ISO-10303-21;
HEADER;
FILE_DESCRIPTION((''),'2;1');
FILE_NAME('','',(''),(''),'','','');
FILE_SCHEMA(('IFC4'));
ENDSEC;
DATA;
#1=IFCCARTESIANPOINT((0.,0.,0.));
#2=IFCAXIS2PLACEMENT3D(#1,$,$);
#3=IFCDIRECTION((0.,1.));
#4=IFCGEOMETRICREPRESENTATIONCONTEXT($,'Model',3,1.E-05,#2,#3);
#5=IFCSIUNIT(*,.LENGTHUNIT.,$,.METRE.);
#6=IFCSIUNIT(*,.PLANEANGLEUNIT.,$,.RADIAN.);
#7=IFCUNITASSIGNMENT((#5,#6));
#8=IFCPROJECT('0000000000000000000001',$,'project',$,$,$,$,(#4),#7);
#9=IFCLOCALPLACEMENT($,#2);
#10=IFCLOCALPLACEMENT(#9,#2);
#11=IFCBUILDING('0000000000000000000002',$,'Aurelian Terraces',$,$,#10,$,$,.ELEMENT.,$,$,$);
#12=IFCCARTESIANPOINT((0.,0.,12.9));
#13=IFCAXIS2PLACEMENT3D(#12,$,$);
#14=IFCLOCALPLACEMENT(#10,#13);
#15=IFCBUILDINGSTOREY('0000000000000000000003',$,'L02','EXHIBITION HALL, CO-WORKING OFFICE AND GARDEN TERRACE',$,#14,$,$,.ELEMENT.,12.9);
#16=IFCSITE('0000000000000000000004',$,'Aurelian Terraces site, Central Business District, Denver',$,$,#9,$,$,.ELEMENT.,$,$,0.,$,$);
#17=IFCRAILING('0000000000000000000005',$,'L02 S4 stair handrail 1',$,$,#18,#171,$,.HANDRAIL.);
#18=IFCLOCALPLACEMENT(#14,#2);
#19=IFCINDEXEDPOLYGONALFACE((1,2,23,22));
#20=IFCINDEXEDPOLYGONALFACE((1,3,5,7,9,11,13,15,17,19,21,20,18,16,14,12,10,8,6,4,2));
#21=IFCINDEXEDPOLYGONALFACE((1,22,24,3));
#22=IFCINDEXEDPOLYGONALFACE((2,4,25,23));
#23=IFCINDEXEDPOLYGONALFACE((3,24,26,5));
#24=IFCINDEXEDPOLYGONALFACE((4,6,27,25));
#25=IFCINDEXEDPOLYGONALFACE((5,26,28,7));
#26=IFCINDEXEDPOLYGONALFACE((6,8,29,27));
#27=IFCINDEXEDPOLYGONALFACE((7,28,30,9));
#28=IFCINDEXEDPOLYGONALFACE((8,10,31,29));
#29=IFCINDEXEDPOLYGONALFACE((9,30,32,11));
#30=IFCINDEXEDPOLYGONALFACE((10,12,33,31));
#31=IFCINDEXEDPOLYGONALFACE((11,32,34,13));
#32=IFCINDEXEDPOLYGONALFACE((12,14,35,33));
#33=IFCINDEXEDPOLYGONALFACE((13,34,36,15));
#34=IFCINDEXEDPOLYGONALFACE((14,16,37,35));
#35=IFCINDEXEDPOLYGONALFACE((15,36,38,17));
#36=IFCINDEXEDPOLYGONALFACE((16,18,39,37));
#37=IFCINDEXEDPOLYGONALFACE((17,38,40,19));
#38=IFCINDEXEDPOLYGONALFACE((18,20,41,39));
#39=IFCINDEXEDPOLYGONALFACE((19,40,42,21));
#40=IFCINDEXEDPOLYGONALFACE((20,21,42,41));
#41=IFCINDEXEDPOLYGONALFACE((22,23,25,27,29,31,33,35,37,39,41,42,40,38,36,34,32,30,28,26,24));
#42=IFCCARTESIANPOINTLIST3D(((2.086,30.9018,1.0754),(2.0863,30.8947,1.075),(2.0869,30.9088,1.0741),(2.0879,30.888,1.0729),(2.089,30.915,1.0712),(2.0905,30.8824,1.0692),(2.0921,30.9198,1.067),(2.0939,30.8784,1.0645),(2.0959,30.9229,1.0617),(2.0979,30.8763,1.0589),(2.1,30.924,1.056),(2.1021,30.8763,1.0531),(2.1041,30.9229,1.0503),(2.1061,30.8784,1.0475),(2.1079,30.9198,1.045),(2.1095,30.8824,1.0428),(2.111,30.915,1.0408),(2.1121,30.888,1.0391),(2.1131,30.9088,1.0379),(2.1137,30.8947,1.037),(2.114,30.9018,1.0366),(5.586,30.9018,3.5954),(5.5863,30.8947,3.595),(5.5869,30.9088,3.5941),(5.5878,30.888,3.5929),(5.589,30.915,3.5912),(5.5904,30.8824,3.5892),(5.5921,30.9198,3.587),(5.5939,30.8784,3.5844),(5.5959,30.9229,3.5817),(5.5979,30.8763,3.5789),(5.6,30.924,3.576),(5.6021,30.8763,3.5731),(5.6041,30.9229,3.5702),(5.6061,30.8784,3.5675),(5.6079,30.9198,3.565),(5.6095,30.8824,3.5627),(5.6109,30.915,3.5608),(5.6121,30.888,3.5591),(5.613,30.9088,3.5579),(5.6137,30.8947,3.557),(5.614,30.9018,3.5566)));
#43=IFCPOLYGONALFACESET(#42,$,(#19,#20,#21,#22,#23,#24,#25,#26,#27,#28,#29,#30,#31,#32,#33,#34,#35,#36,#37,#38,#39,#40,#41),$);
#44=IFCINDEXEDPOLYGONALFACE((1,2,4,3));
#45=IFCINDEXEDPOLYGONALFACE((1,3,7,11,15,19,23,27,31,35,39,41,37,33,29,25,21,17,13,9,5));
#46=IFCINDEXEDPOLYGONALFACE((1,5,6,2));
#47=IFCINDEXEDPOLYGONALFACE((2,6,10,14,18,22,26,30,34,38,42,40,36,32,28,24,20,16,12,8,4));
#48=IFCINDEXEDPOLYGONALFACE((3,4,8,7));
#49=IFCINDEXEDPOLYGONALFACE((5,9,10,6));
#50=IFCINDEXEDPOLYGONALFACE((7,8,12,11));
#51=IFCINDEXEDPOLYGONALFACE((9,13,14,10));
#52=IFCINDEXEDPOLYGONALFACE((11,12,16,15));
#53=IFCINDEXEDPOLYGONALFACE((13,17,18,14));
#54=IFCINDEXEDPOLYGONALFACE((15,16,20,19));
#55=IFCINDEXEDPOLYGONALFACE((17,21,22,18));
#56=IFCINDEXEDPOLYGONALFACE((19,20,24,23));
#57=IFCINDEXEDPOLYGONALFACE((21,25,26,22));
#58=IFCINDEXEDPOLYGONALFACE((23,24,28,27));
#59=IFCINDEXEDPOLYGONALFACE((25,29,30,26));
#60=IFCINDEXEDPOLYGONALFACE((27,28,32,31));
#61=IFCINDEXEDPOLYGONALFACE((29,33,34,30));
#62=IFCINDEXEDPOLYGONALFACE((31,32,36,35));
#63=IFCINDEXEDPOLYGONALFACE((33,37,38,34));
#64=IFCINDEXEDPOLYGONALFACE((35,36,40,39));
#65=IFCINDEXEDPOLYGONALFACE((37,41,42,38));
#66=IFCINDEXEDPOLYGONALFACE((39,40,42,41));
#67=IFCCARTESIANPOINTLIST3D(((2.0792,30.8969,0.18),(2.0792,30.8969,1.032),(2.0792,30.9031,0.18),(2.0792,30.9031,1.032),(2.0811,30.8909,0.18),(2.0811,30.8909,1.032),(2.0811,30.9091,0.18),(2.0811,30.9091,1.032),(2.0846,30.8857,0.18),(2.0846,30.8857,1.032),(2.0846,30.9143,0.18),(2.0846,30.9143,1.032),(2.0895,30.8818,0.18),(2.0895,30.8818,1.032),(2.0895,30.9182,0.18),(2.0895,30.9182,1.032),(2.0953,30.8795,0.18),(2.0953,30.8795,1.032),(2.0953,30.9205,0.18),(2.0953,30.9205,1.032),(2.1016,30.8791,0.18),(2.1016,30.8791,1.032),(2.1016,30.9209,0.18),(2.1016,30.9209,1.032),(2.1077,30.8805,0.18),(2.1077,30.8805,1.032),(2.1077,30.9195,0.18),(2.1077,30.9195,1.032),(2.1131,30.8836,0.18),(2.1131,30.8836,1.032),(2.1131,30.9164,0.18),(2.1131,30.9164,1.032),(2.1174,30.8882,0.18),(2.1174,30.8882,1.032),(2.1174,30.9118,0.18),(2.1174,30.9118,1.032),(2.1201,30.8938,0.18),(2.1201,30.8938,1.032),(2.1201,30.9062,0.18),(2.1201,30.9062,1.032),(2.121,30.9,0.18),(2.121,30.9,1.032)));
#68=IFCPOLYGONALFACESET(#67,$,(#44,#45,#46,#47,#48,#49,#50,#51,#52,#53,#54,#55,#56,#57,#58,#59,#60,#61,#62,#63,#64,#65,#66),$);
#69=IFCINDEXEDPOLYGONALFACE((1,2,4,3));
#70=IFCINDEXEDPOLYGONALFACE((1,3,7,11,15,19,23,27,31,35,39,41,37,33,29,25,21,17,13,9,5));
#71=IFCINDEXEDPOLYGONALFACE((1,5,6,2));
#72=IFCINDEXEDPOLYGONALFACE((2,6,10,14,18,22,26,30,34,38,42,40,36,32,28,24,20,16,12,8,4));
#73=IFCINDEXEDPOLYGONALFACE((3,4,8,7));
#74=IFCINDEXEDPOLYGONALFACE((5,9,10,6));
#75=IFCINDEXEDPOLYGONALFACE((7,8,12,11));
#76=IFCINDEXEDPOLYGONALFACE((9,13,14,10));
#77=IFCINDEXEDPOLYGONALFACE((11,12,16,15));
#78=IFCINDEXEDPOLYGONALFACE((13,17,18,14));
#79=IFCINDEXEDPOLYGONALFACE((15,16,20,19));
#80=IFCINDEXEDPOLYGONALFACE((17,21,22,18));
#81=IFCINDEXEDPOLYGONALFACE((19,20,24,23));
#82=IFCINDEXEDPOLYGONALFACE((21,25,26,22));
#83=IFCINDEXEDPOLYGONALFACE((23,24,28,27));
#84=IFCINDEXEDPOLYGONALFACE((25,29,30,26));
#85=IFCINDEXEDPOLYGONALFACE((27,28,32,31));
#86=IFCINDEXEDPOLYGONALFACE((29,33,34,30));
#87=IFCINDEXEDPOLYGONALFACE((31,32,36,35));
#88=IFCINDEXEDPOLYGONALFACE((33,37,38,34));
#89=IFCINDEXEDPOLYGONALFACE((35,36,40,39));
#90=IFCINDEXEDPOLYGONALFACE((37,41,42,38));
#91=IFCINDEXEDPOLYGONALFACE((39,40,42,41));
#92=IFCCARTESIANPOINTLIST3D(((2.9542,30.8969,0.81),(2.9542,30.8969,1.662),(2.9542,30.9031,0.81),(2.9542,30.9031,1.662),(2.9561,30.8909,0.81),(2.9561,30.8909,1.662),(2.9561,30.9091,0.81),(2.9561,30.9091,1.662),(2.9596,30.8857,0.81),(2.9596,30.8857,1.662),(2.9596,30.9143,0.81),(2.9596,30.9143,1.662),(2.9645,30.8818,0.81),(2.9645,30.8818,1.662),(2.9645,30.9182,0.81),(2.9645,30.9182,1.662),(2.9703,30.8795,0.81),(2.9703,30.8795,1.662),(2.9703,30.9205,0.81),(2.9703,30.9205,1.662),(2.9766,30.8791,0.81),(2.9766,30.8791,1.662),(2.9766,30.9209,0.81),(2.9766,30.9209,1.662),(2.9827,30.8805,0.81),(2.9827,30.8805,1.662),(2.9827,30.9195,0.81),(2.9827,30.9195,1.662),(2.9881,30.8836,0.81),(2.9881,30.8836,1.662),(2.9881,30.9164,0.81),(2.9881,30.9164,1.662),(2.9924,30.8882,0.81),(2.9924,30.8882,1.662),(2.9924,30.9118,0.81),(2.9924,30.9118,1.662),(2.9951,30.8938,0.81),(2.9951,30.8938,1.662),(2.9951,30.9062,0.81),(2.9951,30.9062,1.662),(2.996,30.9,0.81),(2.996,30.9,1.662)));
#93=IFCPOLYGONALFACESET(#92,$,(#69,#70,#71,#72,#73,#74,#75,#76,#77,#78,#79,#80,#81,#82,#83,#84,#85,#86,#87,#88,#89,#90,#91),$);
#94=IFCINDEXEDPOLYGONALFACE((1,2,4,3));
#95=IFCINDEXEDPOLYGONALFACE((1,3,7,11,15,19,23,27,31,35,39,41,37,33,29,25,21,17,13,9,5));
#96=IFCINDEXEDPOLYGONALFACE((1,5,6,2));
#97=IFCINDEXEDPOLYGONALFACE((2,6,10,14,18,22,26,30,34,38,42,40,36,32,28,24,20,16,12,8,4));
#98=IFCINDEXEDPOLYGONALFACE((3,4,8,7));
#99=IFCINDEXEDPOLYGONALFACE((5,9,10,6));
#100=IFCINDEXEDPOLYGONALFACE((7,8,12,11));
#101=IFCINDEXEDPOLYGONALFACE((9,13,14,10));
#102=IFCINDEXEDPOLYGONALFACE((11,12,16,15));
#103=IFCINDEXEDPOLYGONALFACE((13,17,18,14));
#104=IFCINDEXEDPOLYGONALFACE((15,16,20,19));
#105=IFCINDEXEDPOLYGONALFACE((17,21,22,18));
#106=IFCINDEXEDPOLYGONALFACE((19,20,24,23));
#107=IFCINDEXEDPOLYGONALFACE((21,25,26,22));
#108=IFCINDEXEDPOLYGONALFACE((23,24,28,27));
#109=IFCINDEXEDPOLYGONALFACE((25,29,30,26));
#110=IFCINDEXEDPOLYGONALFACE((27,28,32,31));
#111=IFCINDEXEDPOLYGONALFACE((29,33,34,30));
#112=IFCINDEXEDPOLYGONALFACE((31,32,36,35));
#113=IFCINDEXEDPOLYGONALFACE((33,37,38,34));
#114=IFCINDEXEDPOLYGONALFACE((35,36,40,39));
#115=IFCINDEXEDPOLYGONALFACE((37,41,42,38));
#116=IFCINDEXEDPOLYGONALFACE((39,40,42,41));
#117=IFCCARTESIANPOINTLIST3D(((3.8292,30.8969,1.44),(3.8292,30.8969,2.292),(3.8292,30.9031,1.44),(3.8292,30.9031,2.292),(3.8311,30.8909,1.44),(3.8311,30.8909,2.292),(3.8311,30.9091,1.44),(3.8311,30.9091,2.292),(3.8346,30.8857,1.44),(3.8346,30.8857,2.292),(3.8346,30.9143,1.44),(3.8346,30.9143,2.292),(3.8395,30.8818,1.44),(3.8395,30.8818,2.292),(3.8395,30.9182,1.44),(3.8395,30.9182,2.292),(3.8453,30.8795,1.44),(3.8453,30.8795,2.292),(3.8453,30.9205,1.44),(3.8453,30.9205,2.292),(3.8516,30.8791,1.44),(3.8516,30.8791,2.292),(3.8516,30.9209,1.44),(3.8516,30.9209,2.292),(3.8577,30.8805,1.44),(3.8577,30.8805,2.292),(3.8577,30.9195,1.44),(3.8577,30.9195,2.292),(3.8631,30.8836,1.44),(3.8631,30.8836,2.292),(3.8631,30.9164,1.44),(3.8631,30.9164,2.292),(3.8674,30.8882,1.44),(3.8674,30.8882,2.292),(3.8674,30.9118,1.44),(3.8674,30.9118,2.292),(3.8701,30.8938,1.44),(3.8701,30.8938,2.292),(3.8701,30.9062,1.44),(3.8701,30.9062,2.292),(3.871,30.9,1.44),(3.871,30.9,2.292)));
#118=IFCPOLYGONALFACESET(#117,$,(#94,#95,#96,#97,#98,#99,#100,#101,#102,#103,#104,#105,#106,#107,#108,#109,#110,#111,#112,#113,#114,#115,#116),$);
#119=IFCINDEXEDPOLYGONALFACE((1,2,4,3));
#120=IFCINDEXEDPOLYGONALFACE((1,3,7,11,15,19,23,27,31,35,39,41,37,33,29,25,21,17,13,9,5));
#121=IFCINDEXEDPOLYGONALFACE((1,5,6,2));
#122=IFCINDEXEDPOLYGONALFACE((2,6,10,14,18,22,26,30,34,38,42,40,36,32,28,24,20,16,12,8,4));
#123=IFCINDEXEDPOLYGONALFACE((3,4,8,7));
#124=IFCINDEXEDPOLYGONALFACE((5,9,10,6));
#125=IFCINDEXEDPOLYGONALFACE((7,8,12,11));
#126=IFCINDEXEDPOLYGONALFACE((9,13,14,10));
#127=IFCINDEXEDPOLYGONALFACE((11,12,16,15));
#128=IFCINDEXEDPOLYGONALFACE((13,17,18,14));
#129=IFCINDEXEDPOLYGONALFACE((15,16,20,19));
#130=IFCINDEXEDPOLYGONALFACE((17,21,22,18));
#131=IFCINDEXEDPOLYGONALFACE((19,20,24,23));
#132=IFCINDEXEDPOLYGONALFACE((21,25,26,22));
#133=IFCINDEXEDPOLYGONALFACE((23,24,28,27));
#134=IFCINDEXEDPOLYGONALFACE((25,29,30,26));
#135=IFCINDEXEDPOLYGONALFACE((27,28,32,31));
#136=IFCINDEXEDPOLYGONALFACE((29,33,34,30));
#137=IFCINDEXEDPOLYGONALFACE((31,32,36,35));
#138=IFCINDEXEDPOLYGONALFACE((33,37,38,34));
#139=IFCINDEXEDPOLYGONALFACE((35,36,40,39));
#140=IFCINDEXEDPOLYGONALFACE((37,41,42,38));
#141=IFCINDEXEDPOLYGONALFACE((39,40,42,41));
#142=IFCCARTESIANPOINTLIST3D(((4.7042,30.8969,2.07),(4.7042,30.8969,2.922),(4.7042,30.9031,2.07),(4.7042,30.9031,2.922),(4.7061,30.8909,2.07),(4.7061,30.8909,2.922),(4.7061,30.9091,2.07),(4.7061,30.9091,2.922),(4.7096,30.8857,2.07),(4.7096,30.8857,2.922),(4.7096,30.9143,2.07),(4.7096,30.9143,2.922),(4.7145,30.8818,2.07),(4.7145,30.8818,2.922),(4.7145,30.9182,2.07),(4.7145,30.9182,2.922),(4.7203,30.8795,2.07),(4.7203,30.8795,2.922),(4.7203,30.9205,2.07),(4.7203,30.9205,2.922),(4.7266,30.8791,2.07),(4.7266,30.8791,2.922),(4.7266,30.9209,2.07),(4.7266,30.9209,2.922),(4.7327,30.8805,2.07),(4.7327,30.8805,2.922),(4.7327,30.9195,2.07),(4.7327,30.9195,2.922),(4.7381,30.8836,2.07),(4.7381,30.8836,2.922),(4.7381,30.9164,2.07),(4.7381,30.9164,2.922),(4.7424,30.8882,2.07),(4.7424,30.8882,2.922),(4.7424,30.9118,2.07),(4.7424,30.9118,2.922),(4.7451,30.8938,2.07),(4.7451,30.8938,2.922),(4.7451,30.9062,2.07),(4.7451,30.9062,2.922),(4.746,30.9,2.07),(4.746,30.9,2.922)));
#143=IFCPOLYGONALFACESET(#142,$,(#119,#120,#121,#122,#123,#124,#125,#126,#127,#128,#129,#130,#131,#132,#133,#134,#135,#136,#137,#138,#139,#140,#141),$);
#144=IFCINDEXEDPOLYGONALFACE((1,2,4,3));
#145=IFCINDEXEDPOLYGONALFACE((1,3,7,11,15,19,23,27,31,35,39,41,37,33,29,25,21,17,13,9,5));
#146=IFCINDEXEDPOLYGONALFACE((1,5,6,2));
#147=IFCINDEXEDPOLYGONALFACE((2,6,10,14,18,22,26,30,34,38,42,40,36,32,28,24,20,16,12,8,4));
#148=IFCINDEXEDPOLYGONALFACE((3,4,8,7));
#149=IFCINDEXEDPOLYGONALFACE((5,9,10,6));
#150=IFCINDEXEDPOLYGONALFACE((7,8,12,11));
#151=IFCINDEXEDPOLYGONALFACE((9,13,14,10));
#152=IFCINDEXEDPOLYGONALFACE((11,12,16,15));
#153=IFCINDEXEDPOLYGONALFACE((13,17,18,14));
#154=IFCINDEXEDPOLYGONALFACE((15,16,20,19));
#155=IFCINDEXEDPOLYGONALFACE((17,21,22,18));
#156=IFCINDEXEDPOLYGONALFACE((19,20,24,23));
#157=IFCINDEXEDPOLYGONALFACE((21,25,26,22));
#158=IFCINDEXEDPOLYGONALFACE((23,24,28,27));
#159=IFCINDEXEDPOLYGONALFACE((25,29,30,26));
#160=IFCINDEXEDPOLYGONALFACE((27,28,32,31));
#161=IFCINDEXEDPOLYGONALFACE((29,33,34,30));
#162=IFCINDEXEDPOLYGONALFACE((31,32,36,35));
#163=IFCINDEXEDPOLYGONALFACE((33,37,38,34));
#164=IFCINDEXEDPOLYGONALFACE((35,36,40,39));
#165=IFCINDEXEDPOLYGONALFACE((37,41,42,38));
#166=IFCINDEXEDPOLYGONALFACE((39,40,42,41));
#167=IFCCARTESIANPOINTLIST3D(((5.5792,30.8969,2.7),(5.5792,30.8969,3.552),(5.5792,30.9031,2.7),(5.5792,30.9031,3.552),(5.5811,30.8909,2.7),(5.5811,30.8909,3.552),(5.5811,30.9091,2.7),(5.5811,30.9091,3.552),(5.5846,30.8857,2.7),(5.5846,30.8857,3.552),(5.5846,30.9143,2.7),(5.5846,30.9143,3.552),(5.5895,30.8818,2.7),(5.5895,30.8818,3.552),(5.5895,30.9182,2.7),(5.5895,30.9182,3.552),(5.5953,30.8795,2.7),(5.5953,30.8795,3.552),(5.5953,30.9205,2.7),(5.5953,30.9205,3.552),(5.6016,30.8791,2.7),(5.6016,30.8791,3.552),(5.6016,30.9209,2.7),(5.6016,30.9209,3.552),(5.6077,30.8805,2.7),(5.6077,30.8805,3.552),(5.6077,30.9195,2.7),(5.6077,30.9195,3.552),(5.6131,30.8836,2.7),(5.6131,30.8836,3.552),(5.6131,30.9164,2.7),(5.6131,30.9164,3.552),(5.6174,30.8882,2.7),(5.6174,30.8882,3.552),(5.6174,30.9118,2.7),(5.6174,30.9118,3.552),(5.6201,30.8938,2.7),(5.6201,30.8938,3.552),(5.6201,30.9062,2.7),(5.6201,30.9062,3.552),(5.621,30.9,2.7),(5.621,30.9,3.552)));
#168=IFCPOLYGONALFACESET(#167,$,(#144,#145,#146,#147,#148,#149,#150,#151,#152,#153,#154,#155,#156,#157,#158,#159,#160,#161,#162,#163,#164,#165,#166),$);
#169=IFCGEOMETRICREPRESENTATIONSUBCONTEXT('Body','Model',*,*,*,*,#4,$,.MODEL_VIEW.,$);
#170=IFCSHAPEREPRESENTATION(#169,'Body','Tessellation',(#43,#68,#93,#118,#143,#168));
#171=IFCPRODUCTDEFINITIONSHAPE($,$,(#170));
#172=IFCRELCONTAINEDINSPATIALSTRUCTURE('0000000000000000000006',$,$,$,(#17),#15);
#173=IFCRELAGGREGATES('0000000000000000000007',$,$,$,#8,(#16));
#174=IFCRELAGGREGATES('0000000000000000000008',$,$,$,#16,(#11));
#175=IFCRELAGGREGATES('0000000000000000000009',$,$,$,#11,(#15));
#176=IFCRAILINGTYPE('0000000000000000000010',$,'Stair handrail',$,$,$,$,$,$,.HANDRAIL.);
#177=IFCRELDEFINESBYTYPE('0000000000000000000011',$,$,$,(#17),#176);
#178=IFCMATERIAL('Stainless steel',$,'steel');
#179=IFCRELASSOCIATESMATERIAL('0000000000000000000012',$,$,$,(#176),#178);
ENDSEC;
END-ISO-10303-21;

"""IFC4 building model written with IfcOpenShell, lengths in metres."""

from ifc_helpers import new_model, si_unit, direction, frame, origin, origin_2d, place, context, subcontext, project, spatial, circle, extrude, source, transform, mapped, material, type_object, element, save


model = new_model("IFC4")

# Units and contexts
model_context = context("Model", 3, precision=1e-05, world=origin(), true_north=direction((0.0, 1.0)))
body_context = subcontext(model_context, "Body", "Model", "MODEL_VIEW")
ifc_project = project(units=[si_unit("LENGTHUNIT", "METRE"), si_unit("PLANEANGLEUNIT", "RADIAN")], contexts=[model_context])

# Site, building, storey
site_placement = place(None, origin())
site = spatial("IfcSite", under=ifc_project, at=site_placement, Name="Aurelian Terraces site, Central Business District, Denver", CompositionType="ELEMENT", RefElevation=0.0)
building_placement = place(site_placement, origin())
building = spatial("IfcBuilding", under=site, at=building_placement, Name="Aurelian Terraces", CompositionType="ELEMENT")
storey_placement = place(building_placement, frame((0.0, 0.0, 12.9)))
storey = spatial("IfcBuildingStorey", under=building, at=storey_placement, Name="L02", Description="EXHIBITION HALL, CO-WORKING OFFICE AND GARDEN TERRACE", CompositionType="ELEMENT", Elevation=12.9)

# Railing
ifc_material_1 = material(Name="Stainless steel", Category="steel")
railing_type_1 = type_object("IfcRailingType", Name="Stair handrail", PredefinedType="HANDRAIL", material=ifc_material_1)
shared_shape_1 = source(origin(), body_context, "Body", "SweptSolid", [
    extrude(circle(Radius=0.024, at=origin_2d()), frame((0.0, 0.0, 0.876), z_axis=(0.811534, 0.0, 0.584305), x_axis=(0.0, 1.0, 0.0)), (0.0, 0.0, 1.0), 4.3128),
    extrude(circle(Radius=0.021, at=origin_2d()), origin(), (0.0, 0.0, 1.0), 0.852),
    extrude(circle(Radius=0.021, at=origin_2d()), frame((0.875, 0.0, 0.63)), (0.0, 0.0, 1.0), 0.852),
    extrude(circle(Radius=0.021, at=origin_2d()), frame((1.75, 0.0, 1.26)), (0.0, 0.0, 1.0), 0.852),
    extrude(circle(Radius=0.021, at=origin_2d()), frame((2.625, 0.0, 1.89)), (0.0, 0.0, 1.0), 0.852),
    extrude(circle(Radius=0.021, at=origin_2d()), frame((3.5, 0.0, 2.52)), (0.0, 0.0, 1.0), 0.852),
])
for number, where, name in (
    (1, (2.1, 30.9, 0.18), "L02 S4 stair handrail 1"),
):
    element("IfcRailing", number, at=place(storey_placement, frame(where)), inside=storey, type_object=railing_type_1, Name=name, PredefinedType="HANDRAIL", context=body_context, shape_type="MappedRepresentation", body=[
        mapped(shared_shape_1, transform((0.0, 0.0, 0.0), scale=1.0)),
    ])

save(model, "model.ifc")
